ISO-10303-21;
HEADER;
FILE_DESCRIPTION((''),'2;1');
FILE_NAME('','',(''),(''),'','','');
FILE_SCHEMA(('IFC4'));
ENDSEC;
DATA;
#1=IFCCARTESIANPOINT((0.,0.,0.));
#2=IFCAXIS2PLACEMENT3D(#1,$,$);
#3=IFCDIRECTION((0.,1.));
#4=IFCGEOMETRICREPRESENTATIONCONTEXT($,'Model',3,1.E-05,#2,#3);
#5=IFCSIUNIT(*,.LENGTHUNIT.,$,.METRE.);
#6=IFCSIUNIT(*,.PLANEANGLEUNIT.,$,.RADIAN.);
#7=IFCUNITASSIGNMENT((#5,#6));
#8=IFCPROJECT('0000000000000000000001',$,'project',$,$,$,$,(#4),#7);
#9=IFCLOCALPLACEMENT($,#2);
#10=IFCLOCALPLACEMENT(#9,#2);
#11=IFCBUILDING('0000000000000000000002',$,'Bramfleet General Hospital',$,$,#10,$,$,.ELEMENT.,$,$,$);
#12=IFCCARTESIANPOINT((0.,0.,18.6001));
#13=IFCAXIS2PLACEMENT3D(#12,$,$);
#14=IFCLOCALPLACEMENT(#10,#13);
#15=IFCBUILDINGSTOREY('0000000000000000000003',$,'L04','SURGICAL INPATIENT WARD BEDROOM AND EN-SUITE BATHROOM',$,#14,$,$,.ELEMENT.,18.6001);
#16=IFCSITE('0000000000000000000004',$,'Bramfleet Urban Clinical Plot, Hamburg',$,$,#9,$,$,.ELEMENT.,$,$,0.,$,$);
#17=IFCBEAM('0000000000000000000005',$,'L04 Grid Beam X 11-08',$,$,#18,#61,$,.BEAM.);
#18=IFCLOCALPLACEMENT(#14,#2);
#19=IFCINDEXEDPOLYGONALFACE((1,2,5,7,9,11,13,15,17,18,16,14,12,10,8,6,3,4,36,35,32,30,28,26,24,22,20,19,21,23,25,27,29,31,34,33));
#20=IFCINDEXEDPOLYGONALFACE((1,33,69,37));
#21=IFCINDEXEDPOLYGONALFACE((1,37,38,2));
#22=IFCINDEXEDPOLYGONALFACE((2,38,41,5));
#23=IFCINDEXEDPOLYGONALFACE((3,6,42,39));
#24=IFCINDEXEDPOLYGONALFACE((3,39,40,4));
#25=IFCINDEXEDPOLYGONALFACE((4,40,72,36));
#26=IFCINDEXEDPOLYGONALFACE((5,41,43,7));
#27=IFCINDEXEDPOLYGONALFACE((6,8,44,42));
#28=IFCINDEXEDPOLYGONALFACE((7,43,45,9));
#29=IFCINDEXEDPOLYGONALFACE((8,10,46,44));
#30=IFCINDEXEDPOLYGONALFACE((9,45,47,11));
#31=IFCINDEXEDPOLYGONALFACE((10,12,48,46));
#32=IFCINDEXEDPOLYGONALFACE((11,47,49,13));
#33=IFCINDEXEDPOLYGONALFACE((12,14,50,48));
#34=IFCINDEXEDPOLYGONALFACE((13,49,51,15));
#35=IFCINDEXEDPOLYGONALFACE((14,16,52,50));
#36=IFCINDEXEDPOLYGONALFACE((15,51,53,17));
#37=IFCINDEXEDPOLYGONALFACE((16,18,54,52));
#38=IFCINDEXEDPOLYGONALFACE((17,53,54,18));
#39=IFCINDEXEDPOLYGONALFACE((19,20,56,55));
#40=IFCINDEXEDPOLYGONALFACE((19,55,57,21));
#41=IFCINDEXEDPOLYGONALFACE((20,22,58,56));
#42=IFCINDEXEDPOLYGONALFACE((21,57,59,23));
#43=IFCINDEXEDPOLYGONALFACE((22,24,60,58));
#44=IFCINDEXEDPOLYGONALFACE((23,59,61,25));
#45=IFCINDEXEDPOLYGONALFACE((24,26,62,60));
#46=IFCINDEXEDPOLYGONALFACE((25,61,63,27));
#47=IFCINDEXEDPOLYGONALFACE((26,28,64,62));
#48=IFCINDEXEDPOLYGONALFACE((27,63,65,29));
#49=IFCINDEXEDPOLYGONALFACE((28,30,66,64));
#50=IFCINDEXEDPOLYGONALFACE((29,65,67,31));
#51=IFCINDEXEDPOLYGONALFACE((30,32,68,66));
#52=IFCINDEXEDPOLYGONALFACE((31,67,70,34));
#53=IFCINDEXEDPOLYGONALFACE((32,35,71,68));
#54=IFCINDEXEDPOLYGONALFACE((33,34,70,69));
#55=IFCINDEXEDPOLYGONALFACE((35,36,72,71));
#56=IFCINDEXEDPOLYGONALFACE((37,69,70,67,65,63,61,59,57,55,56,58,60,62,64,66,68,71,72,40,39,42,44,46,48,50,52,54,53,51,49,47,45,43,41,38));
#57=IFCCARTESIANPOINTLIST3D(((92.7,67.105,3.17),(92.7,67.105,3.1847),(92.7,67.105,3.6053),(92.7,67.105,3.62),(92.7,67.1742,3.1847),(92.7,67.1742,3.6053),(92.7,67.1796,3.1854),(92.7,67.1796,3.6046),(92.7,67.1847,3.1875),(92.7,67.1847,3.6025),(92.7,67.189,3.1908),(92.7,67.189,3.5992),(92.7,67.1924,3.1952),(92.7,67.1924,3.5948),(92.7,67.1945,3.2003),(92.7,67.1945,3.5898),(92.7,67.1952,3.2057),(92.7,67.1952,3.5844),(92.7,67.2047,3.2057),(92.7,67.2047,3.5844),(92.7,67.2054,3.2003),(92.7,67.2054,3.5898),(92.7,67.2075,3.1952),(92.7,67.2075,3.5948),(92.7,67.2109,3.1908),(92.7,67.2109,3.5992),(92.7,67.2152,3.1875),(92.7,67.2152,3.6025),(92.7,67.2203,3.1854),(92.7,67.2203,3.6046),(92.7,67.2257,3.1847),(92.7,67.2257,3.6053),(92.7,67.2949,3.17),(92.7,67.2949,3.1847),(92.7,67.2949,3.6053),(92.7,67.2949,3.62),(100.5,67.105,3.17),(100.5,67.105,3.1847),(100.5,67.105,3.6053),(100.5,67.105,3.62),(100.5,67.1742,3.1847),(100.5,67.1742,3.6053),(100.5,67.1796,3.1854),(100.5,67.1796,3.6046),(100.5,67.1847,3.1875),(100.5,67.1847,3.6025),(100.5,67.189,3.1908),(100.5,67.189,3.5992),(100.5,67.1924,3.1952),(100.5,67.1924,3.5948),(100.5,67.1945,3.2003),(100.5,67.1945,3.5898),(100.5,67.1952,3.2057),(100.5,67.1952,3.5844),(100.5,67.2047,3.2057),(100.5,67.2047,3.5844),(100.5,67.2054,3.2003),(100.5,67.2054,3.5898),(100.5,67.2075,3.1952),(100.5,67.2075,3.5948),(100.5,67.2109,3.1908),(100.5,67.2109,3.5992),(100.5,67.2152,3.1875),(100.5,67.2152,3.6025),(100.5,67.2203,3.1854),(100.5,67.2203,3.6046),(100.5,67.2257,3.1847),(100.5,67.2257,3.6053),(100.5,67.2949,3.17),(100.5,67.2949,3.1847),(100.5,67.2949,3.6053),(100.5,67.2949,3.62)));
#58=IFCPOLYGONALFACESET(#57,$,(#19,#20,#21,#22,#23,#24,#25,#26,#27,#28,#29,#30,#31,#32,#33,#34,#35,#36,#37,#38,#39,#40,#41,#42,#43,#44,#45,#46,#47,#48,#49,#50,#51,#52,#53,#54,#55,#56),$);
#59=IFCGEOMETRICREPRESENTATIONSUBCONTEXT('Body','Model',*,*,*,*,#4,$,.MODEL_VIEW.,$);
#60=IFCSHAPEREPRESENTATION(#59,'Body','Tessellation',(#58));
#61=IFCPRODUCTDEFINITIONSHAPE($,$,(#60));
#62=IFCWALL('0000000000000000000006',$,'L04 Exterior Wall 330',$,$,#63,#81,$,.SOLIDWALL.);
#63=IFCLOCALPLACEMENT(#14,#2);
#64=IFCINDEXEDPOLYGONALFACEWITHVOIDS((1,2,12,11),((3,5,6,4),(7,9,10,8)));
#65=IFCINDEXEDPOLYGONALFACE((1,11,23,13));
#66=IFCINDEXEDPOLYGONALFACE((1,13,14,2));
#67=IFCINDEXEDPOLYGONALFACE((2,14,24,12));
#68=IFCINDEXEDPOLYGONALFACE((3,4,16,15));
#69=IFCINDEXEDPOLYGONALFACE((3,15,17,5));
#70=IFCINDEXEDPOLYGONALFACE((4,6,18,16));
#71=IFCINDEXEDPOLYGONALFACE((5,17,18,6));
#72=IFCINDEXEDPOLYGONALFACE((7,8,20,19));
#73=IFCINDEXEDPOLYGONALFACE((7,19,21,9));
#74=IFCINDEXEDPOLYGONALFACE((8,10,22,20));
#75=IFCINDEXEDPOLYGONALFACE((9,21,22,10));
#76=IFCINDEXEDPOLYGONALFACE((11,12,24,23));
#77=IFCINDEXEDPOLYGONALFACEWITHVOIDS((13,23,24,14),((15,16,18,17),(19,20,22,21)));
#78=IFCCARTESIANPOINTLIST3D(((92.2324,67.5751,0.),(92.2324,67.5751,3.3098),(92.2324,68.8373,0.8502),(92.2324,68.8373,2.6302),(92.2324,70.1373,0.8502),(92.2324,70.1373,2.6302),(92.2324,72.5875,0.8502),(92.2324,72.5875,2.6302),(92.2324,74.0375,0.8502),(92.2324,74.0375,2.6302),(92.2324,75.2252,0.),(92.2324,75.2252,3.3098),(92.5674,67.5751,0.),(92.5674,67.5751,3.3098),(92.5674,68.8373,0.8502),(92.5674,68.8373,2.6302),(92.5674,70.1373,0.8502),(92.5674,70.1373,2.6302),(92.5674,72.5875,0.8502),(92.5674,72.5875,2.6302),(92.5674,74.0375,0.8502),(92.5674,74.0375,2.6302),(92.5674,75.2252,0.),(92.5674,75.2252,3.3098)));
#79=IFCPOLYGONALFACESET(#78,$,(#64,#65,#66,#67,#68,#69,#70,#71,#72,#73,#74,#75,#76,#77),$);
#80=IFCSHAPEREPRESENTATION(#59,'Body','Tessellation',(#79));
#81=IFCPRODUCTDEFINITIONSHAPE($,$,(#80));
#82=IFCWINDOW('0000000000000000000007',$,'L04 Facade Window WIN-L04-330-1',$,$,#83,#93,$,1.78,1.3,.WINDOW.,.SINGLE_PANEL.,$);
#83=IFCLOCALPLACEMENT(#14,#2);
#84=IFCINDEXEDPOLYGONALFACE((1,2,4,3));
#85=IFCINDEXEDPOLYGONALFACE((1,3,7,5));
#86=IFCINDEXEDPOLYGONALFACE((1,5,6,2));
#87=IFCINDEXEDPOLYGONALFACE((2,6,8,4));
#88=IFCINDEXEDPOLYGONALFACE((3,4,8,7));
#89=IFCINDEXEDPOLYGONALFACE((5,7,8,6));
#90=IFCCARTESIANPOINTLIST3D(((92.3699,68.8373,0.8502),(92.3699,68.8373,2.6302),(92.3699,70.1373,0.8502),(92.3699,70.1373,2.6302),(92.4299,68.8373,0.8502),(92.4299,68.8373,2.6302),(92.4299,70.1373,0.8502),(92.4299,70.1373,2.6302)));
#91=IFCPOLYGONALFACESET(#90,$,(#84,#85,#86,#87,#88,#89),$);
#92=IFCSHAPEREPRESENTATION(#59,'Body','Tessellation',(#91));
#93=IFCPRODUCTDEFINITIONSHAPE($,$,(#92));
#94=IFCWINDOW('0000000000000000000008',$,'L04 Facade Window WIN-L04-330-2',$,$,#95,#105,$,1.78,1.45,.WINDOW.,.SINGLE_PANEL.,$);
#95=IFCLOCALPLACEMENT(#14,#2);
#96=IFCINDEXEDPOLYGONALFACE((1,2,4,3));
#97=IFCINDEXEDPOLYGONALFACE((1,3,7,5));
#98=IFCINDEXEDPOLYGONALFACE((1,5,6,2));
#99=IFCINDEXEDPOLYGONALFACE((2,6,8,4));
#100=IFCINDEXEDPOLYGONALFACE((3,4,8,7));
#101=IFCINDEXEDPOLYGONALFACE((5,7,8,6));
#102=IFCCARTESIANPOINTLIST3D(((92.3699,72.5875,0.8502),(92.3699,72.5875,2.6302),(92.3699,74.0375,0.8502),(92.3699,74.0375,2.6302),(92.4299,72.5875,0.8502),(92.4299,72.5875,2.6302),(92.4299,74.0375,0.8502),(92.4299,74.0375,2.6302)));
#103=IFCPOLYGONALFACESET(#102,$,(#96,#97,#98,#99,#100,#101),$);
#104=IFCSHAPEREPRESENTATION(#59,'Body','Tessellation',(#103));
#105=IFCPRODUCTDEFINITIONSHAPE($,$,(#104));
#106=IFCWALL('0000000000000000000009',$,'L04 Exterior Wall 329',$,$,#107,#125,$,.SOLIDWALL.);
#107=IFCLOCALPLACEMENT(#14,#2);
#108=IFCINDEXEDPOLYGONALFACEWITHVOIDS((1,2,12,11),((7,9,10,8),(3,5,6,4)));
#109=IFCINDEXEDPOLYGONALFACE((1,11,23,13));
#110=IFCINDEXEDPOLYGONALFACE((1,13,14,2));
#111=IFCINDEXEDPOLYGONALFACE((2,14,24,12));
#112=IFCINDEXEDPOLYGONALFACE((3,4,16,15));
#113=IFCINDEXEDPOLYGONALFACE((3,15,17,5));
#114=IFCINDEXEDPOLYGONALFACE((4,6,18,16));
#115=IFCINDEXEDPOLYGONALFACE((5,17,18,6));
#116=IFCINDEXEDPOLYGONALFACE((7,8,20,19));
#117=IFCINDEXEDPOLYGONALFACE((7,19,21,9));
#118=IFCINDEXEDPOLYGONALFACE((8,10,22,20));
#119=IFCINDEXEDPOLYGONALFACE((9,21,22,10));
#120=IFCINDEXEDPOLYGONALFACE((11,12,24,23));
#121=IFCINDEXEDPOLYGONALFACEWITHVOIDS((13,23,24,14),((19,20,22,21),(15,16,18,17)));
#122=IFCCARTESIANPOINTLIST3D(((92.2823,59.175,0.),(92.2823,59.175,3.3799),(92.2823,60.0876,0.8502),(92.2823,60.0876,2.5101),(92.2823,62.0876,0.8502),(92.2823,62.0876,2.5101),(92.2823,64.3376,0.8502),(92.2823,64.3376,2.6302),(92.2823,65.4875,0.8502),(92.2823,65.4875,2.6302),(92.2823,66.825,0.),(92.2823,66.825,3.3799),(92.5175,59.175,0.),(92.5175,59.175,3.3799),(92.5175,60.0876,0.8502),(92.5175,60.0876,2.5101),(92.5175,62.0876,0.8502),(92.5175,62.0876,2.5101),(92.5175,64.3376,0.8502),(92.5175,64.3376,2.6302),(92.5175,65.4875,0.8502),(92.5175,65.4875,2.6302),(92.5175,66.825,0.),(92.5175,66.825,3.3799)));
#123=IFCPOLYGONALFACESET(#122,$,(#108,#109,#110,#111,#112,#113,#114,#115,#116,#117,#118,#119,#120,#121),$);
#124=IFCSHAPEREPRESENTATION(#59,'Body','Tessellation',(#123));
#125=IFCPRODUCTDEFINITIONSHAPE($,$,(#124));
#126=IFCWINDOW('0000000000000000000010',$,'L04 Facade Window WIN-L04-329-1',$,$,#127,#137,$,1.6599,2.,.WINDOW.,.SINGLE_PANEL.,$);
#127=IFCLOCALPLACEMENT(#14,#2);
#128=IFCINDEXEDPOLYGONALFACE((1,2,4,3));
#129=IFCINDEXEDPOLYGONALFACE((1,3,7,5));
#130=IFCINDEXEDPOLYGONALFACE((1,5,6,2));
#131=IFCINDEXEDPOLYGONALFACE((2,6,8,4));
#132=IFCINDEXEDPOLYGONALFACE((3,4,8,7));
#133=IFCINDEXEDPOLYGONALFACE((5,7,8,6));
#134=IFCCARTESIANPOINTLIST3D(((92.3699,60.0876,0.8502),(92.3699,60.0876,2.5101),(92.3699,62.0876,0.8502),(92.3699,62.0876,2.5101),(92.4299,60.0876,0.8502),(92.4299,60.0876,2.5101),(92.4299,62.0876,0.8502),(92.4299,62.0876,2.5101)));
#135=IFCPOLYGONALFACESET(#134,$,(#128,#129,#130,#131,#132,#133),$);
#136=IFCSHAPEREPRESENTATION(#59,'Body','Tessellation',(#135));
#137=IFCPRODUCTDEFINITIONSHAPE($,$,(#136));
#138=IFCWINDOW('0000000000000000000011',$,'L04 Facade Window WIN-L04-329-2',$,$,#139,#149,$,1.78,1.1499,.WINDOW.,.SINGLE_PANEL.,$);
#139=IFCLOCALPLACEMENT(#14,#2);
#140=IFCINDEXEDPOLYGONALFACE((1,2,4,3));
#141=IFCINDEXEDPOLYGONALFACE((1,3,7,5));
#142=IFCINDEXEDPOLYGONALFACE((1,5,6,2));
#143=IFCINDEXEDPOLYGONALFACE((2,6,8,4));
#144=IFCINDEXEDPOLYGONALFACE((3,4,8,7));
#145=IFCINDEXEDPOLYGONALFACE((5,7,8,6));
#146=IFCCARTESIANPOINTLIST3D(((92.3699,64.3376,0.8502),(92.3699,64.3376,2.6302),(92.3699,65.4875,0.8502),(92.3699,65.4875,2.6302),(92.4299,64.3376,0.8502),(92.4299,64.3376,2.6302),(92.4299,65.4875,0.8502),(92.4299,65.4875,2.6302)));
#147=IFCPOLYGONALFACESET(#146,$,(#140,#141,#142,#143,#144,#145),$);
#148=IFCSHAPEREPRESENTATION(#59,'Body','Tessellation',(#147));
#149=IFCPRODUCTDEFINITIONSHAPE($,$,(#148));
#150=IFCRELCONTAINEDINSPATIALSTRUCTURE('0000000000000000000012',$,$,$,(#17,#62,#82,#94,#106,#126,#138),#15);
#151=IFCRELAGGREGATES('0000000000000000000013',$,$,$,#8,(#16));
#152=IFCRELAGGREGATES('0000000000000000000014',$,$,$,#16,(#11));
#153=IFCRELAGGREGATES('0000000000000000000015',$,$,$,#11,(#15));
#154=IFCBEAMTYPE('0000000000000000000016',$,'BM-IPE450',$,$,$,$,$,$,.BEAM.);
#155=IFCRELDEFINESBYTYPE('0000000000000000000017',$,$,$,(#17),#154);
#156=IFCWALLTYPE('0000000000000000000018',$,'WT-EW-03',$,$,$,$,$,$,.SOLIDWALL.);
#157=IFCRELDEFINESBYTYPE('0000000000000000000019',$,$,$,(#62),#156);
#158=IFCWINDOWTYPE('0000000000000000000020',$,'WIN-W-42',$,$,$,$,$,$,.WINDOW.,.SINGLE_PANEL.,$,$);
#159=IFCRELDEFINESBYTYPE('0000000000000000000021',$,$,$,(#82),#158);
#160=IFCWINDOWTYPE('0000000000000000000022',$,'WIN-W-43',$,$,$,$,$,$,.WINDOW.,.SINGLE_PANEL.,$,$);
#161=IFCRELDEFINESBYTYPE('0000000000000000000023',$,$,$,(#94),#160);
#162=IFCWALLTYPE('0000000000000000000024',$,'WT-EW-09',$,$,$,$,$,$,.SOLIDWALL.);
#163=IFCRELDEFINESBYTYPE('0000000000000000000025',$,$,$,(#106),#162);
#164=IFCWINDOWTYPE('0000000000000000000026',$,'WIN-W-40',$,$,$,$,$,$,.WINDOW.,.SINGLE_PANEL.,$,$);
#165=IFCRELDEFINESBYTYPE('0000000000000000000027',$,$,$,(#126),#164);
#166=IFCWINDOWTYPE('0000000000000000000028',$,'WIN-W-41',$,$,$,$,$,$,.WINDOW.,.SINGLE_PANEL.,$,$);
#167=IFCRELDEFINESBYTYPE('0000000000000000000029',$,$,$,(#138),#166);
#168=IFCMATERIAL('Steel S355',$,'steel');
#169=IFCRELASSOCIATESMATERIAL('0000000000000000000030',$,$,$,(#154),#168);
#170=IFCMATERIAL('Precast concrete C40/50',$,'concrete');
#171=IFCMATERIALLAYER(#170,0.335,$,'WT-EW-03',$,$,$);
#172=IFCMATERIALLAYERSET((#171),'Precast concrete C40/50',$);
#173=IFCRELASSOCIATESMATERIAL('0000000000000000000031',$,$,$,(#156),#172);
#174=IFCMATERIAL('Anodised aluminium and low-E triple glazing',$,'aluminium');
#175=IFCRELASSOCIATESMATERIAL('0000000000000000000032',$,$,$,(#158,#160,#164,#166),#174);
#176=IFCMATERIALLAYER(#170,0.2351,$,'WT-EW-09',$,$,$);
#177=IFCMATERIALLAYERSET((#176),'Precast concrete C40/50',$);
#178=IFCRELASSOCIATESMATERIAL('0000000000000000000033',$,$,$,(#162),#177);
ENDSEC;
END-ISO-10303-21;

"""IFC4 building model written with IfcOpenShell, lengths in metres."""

from ifc_helpers import new_model, si_unit, direction, frame, frame_2d, origin, origin_2d, place, context, subcontext, project, spatial, rectangle, i_section, extrude, material, layer, layer_set, material_profile, profile_set, type_object, element, fill, save


model = new_model("IFC4")

# Units and contexts
model_context = context("Model", 3, precision=1e-05, world=origin(), true_north=direction((0.0, 1.0)))
body_context = subcontext(model_context, "Body", "Model", "MODEL_VIEW")
ifc_project = project(units=[si_unit("LENGTHUNIT", "METRE"), si_unit("PLANEANGLEUNIT", "RADIAN")], contexts=[model_context])

# Site, building, storey
site_placement = place(None, origin())
site = spatial("IfcSite", under=ifc_project, at=site_placement, Name="Bramfleet Urban Clinical Plot, Hamburg", CompositionType="ELEMENT", RefElevation=0.0)
building_placement = place(site_placement, origin())
building = spatial("IfcBuilding", under=site, at=building_placement, Name="Bramfleet General Hospital", CompositionType="ELEMENT")
storey_placement = place(building_placement, frame((0.0, 0.0, 18.6001)))
storey = spatial("IfcBuildingStorey", under=building, at=storey_placement, Name="L04", Description="SURGICAL INPATIENT WARD BEDROOM AND EN-SUITE BATHROOM", CompositionType="ELEMENT", Elevation=18.6001)

# Beam
ifc_material_1 = material(Name="Steel S355", Category="steel")
ifc_material_profile_1 = material_profile(ifc_material_1, i_section(OverallWidth=0.1899, OverallDepth=0.45, WebThickness=0.0095, FlangeThickness=0.0146, FilletRadius=0.021, at=origin_2d()), Name="IPE 450")
ifc_profile_set_1 = profile_set([ifc_material_profile_1], Name="Steel S355")
beam_type_1 = type_object("IfcBeamType", Name="BM-IPE450", PredefinedType="BEAM", material=ifc_profile_set_1)
for number, where, z_axis, x_axis, name in (
    (1, (92.7, 67.2, 3.395), (1.0, 0.0, 0.0), (0.0, 1.0, 0.0), "L04 Grid Beam X 11-08"),
):
    element("IfcBeam", number, at=place(storey_placement, frame(where, z_axis=z_axis, x_axis=x_axis)), inside=storey, type_object=beam_type_1, Name=name, PredefinedType="BEAM", context=body_context, shape_type="SweptSolid", body=[
        extrude(i_section(OverallWidth=0.1899, OverallDepth=0.45, WebThickness=0.0095, FlangeThickness=0.0146, FilletRadius=0.021, at=origin_2d()), origin(), (0.0, 0.0, 1.0), 7.8),
    ])

# Walls, openings, windows
ifc_material_2 = material(Name="Precast concrete C40/50", Category="concrete")
ifc_layer_1 = layer(ifc_material_2, 0.335, Name="WT-EW-03")
ifc_layer_set_1 = layer_set([ifc_layer_1], Name="Precast concrete C40/50")
wall_type_1 = type_object("IfcWallType", Name="WT-EW-03", PredefinedType="SOLIDWALL", material=ifc_layer_set_1)
wall_1_placement = place(storey_placement, frame((92.3999, 67.575, 0.0), z_axis=(0.0, 0.0, 1.0), x_axis=(0.0, 1.0, 0.0)))
wall_1 = element("IfcWall", 2, at=wall_1_placement, inside=storey, type_object=wall_type_1, Name="L04 Exterior Wall 330", PredefinedType="SOLIDWALL", context=body_context, shape_type="SweptSolid", body=[
    extrude(rectangle(XDim=7.6501, YDim=0.335, at=frame_2d((3.8252, 0.0))), origin(), (0.0, 0.0, 1.0), 3.3098),
])
opening_1_placement = place(wall_1_placement, frame((1.2625, 0.0, 0.8501)))
opening_1 = element("IfcOpeningElement", 3, at=opening_1_placement, cuts=wall_1, PredefinedType="OPENING", context=body_context, shape_type="SweptSolid", body=[
    extrude(rectangle(XDim=1.3, YDim=1.78, at=frame_2d((0.6499, 0.8901))), frame((0.0, 0.1775, 0.0), z_axis=(0.0, -1.0, 0.0), x_axis=(1.0, 0.0, 0.0)), (0.0, 0.0, 1.0), 0.355),
])
opening_2_placement = place(wall_1_placement, frame((5.0125, 0.0, 0.8501)))
opening_2 = element("IfcOpeningElement", 4, at=opening_2_placement, cuts=wall_1, PredefinedType="OPENING", context=body_context, shape_type="SweptSolid", body=[
    extrude(rectangle(XDim=1.45, YDim=1.78, at=frame_2d((0.7251, 0.8901))), frame((0.0, 0.1775, 0.0), z_axis=(0.0, -1.0, 0.0), x_axis=(1.0, 0.0, 0.0)), (0.0, 0.0, 1.0), 0.355),
])
ifc_material_3 = material(Name="Anodised aluminium and low-E triple glazing", Category="aluminium")
window_type_1 = type_object("IfcWindowType", Name="WIN-W-42", PartitioningType="SINGLE_PANEL", PredefinedType="WINDOW", material=ifc_material_3)
window_1_placement = place(opening_1_placement, origin())
window_1 = element("IfcWindow", 5, at=window_1_placement, inside=storey, type_object=window_type_1, Name="L04 Facade Window WIN-L04-330-1", OverallHeight=1.78, OverallWidth=1.3, PartitioningType="SINGLE_PANEL", PredefinedType="WINDOW", context=body_context, shape_type="SweptSolid", body=[
    extrude(rectangle(XDim=1.3, YDim=1.78, at=frame_2d((0.6499, 0.8901))), frame((0.0, 0.03, 0.0), z_axis=(0.0, -1.0, 0.0), x_axis=(1.0, 0.0, 0.0)), (0.0, 0.0, 1.0), 0.0601),
])
fill(opening_1, window_1)
window_type_2 = type_object("IfcWindowType", Name="WIN-W-43", PartitioningType="SINGLE_PANEL", PredefinedType="WINDOW", material=ifc_material_3)
window_2_placement = place(opening_2_placement, origin())
window_2 = element("IfcWindow", 6, at=window_2_placement, inside=storey, type_object=window_type_2, Name="L04 Facade Window WIN-L04-330-2", OverallHeight=1.78, OverallWidth=1.45, PartitioningType="SINGLE_PANEL", PredefinedType="WINDOW", context=body_context, shape_type="SweptSolid", body=[
    extrude(rectangle(XDim=1.45, YDim=1.78, at=frame_2d((0.7251, 0.8901))), frame((0.0, 0.03, 0.0), z_axis=(0.0, -1.0, 0.0), x_axis=(1.0, 0.0, 0.0)), (0.0, 0.0, 1.0), 0.0601),
])
fill(opening_2, window_2)
ifc_layer_2 = layer(ifc_material_2, 0.2351, Name="WT-EW-09")
ifc_layer_set_2 = layer_set([ifc_layer_2], Name="Precast concrete C40/50")
wall_type_2 = type_object("IfcWallType", Name="WT-EW-09", PredefinedType="SOLIDWALL", material=ifc_layer_set_2)
wall_2_placement = place(storey_placement, frame((92.3999, 59.175, 0.0), z_axis=(0.0, 0.0, 1.0), x_axis=(0.0, 1.0, 0.0)))
wall_2 = element("IfcWall", 7, at=wall_2_placement, inside=storey, type_object=wall_type_2, Name="L04 Exterior Wall 329", PredefinedType="SOLIDWALL", context=body_context, shape_type="SweptSolid", body=[
    extrude(rectangle(XDim=7.6499, YDim=0.2351, at=frame_2d((3.825, 0.0))), origin(), (0.0, 0.0, 1.0), 3.3799),
])
opening_3_placement = place(wall_2_placement, frame((0.9126, 0.0, 0.8501)))
opening_3 = element("IfcOpeningElement", 8, at=opening_3_placement, cuts=wall_2, PredefinedType="OPENING", context=body_context, shape_type="SweptSolid", body=[
    extrude(rectangle(XDim=2.0, YDim=1.6599, at=frame_2d((1.0, 0.8301))), frame((0.0, 0.1274, 0.0), z_axis=(0.0, -1.0, 0.0), x_axis=(1.0, 0.0, 0.0)), (0.0, 0.0, 1.0), 0.2551),
])
opening_4_placement = place(wall_2_placement, frame((5.1626, 0.0, 0.8501)))
opening_4 = element("IfcOpeningElement", 9, at=opening_4_placement, cuts=wall_2, PredefinedType="OPENING", context=body_context, shape_type="SweptSolid", body=[
    extrude(rectangle(XDim=1.1499, YDim=1.78, at=frame_2d((0.575, 0.8901))), frame((0.0, 0.1274, 0.0), z_axis=(0.0, -1.0, 0.0), x_axis=(1.0, 0.0, 0.0)), (0.0, 0.0, 1.0), 0.2551),
])
window_type_3 = type_object("IfcWindowType", Name="WIN-W-40", PartitioningType="SINGLE_PANEL", PredefinedType="WINDOW", material=ifc_material_3)
window_3_placement = place(opening_3_placement, origin())
window_3 = element("IfcWindow", 10, at=window_3_placement, inside=storey, type_object=window_type_3, Name="L04 Facade Window WIN-L04-329-1", OverallHeight=1.6599, OverallWidth=2.0, PartitioningType="SINGLE_PANEL", PredefinedType="WINDOW", context=body_context, shape_type="SweptSolid", body=[
    extrude(rectangle(XDim=2.0, YDim=1.6599, at=frame_2d((1.0, 0.8301))), frame((0.0, 0.03, 0.0), z_axis=(0.0, -1.0, 0.0), x_axis=(1.0, 0.0, 0.0)), (0.0, 0.0, 1.0), 0.0601),
])
fill(opening_3, window_3)
window_type_4 = type_object("IfcWindowType", Name="WIN-W-41", PartitioningType="SINGLE_PANEL", PredefinedType="WINDOW", material=ifc_material_3)
window_4_placement = place(opening_4_placement, origin())
window_4 = element("IfcWindow", 11, at=window_4_placement, inside=storey, type_object=window_type_4, Name="L04 Facade Window WIN-L04-329-2", OverallHeight=1.78, OverallWidth=1.1499, PartitioningType="SINGLE_PANEL", PredefinedType="WINDOW", context=body_context, shape_type="SweptSolid", body=[
    extrude(rectangle(XDim=1.1499, YDim=1.78, at=frame_2d((0.575, 0.8901))), frame((0.0, 0.03, 0.0), z_axis=(0.0, -1.0, 0.0), x_axis=(1.0, 0.0, 0.0)), (0.0, 0.0, 1.0), 0.0601),
])
fill(opening_4, window_4)

save(model, "model.ifc")
